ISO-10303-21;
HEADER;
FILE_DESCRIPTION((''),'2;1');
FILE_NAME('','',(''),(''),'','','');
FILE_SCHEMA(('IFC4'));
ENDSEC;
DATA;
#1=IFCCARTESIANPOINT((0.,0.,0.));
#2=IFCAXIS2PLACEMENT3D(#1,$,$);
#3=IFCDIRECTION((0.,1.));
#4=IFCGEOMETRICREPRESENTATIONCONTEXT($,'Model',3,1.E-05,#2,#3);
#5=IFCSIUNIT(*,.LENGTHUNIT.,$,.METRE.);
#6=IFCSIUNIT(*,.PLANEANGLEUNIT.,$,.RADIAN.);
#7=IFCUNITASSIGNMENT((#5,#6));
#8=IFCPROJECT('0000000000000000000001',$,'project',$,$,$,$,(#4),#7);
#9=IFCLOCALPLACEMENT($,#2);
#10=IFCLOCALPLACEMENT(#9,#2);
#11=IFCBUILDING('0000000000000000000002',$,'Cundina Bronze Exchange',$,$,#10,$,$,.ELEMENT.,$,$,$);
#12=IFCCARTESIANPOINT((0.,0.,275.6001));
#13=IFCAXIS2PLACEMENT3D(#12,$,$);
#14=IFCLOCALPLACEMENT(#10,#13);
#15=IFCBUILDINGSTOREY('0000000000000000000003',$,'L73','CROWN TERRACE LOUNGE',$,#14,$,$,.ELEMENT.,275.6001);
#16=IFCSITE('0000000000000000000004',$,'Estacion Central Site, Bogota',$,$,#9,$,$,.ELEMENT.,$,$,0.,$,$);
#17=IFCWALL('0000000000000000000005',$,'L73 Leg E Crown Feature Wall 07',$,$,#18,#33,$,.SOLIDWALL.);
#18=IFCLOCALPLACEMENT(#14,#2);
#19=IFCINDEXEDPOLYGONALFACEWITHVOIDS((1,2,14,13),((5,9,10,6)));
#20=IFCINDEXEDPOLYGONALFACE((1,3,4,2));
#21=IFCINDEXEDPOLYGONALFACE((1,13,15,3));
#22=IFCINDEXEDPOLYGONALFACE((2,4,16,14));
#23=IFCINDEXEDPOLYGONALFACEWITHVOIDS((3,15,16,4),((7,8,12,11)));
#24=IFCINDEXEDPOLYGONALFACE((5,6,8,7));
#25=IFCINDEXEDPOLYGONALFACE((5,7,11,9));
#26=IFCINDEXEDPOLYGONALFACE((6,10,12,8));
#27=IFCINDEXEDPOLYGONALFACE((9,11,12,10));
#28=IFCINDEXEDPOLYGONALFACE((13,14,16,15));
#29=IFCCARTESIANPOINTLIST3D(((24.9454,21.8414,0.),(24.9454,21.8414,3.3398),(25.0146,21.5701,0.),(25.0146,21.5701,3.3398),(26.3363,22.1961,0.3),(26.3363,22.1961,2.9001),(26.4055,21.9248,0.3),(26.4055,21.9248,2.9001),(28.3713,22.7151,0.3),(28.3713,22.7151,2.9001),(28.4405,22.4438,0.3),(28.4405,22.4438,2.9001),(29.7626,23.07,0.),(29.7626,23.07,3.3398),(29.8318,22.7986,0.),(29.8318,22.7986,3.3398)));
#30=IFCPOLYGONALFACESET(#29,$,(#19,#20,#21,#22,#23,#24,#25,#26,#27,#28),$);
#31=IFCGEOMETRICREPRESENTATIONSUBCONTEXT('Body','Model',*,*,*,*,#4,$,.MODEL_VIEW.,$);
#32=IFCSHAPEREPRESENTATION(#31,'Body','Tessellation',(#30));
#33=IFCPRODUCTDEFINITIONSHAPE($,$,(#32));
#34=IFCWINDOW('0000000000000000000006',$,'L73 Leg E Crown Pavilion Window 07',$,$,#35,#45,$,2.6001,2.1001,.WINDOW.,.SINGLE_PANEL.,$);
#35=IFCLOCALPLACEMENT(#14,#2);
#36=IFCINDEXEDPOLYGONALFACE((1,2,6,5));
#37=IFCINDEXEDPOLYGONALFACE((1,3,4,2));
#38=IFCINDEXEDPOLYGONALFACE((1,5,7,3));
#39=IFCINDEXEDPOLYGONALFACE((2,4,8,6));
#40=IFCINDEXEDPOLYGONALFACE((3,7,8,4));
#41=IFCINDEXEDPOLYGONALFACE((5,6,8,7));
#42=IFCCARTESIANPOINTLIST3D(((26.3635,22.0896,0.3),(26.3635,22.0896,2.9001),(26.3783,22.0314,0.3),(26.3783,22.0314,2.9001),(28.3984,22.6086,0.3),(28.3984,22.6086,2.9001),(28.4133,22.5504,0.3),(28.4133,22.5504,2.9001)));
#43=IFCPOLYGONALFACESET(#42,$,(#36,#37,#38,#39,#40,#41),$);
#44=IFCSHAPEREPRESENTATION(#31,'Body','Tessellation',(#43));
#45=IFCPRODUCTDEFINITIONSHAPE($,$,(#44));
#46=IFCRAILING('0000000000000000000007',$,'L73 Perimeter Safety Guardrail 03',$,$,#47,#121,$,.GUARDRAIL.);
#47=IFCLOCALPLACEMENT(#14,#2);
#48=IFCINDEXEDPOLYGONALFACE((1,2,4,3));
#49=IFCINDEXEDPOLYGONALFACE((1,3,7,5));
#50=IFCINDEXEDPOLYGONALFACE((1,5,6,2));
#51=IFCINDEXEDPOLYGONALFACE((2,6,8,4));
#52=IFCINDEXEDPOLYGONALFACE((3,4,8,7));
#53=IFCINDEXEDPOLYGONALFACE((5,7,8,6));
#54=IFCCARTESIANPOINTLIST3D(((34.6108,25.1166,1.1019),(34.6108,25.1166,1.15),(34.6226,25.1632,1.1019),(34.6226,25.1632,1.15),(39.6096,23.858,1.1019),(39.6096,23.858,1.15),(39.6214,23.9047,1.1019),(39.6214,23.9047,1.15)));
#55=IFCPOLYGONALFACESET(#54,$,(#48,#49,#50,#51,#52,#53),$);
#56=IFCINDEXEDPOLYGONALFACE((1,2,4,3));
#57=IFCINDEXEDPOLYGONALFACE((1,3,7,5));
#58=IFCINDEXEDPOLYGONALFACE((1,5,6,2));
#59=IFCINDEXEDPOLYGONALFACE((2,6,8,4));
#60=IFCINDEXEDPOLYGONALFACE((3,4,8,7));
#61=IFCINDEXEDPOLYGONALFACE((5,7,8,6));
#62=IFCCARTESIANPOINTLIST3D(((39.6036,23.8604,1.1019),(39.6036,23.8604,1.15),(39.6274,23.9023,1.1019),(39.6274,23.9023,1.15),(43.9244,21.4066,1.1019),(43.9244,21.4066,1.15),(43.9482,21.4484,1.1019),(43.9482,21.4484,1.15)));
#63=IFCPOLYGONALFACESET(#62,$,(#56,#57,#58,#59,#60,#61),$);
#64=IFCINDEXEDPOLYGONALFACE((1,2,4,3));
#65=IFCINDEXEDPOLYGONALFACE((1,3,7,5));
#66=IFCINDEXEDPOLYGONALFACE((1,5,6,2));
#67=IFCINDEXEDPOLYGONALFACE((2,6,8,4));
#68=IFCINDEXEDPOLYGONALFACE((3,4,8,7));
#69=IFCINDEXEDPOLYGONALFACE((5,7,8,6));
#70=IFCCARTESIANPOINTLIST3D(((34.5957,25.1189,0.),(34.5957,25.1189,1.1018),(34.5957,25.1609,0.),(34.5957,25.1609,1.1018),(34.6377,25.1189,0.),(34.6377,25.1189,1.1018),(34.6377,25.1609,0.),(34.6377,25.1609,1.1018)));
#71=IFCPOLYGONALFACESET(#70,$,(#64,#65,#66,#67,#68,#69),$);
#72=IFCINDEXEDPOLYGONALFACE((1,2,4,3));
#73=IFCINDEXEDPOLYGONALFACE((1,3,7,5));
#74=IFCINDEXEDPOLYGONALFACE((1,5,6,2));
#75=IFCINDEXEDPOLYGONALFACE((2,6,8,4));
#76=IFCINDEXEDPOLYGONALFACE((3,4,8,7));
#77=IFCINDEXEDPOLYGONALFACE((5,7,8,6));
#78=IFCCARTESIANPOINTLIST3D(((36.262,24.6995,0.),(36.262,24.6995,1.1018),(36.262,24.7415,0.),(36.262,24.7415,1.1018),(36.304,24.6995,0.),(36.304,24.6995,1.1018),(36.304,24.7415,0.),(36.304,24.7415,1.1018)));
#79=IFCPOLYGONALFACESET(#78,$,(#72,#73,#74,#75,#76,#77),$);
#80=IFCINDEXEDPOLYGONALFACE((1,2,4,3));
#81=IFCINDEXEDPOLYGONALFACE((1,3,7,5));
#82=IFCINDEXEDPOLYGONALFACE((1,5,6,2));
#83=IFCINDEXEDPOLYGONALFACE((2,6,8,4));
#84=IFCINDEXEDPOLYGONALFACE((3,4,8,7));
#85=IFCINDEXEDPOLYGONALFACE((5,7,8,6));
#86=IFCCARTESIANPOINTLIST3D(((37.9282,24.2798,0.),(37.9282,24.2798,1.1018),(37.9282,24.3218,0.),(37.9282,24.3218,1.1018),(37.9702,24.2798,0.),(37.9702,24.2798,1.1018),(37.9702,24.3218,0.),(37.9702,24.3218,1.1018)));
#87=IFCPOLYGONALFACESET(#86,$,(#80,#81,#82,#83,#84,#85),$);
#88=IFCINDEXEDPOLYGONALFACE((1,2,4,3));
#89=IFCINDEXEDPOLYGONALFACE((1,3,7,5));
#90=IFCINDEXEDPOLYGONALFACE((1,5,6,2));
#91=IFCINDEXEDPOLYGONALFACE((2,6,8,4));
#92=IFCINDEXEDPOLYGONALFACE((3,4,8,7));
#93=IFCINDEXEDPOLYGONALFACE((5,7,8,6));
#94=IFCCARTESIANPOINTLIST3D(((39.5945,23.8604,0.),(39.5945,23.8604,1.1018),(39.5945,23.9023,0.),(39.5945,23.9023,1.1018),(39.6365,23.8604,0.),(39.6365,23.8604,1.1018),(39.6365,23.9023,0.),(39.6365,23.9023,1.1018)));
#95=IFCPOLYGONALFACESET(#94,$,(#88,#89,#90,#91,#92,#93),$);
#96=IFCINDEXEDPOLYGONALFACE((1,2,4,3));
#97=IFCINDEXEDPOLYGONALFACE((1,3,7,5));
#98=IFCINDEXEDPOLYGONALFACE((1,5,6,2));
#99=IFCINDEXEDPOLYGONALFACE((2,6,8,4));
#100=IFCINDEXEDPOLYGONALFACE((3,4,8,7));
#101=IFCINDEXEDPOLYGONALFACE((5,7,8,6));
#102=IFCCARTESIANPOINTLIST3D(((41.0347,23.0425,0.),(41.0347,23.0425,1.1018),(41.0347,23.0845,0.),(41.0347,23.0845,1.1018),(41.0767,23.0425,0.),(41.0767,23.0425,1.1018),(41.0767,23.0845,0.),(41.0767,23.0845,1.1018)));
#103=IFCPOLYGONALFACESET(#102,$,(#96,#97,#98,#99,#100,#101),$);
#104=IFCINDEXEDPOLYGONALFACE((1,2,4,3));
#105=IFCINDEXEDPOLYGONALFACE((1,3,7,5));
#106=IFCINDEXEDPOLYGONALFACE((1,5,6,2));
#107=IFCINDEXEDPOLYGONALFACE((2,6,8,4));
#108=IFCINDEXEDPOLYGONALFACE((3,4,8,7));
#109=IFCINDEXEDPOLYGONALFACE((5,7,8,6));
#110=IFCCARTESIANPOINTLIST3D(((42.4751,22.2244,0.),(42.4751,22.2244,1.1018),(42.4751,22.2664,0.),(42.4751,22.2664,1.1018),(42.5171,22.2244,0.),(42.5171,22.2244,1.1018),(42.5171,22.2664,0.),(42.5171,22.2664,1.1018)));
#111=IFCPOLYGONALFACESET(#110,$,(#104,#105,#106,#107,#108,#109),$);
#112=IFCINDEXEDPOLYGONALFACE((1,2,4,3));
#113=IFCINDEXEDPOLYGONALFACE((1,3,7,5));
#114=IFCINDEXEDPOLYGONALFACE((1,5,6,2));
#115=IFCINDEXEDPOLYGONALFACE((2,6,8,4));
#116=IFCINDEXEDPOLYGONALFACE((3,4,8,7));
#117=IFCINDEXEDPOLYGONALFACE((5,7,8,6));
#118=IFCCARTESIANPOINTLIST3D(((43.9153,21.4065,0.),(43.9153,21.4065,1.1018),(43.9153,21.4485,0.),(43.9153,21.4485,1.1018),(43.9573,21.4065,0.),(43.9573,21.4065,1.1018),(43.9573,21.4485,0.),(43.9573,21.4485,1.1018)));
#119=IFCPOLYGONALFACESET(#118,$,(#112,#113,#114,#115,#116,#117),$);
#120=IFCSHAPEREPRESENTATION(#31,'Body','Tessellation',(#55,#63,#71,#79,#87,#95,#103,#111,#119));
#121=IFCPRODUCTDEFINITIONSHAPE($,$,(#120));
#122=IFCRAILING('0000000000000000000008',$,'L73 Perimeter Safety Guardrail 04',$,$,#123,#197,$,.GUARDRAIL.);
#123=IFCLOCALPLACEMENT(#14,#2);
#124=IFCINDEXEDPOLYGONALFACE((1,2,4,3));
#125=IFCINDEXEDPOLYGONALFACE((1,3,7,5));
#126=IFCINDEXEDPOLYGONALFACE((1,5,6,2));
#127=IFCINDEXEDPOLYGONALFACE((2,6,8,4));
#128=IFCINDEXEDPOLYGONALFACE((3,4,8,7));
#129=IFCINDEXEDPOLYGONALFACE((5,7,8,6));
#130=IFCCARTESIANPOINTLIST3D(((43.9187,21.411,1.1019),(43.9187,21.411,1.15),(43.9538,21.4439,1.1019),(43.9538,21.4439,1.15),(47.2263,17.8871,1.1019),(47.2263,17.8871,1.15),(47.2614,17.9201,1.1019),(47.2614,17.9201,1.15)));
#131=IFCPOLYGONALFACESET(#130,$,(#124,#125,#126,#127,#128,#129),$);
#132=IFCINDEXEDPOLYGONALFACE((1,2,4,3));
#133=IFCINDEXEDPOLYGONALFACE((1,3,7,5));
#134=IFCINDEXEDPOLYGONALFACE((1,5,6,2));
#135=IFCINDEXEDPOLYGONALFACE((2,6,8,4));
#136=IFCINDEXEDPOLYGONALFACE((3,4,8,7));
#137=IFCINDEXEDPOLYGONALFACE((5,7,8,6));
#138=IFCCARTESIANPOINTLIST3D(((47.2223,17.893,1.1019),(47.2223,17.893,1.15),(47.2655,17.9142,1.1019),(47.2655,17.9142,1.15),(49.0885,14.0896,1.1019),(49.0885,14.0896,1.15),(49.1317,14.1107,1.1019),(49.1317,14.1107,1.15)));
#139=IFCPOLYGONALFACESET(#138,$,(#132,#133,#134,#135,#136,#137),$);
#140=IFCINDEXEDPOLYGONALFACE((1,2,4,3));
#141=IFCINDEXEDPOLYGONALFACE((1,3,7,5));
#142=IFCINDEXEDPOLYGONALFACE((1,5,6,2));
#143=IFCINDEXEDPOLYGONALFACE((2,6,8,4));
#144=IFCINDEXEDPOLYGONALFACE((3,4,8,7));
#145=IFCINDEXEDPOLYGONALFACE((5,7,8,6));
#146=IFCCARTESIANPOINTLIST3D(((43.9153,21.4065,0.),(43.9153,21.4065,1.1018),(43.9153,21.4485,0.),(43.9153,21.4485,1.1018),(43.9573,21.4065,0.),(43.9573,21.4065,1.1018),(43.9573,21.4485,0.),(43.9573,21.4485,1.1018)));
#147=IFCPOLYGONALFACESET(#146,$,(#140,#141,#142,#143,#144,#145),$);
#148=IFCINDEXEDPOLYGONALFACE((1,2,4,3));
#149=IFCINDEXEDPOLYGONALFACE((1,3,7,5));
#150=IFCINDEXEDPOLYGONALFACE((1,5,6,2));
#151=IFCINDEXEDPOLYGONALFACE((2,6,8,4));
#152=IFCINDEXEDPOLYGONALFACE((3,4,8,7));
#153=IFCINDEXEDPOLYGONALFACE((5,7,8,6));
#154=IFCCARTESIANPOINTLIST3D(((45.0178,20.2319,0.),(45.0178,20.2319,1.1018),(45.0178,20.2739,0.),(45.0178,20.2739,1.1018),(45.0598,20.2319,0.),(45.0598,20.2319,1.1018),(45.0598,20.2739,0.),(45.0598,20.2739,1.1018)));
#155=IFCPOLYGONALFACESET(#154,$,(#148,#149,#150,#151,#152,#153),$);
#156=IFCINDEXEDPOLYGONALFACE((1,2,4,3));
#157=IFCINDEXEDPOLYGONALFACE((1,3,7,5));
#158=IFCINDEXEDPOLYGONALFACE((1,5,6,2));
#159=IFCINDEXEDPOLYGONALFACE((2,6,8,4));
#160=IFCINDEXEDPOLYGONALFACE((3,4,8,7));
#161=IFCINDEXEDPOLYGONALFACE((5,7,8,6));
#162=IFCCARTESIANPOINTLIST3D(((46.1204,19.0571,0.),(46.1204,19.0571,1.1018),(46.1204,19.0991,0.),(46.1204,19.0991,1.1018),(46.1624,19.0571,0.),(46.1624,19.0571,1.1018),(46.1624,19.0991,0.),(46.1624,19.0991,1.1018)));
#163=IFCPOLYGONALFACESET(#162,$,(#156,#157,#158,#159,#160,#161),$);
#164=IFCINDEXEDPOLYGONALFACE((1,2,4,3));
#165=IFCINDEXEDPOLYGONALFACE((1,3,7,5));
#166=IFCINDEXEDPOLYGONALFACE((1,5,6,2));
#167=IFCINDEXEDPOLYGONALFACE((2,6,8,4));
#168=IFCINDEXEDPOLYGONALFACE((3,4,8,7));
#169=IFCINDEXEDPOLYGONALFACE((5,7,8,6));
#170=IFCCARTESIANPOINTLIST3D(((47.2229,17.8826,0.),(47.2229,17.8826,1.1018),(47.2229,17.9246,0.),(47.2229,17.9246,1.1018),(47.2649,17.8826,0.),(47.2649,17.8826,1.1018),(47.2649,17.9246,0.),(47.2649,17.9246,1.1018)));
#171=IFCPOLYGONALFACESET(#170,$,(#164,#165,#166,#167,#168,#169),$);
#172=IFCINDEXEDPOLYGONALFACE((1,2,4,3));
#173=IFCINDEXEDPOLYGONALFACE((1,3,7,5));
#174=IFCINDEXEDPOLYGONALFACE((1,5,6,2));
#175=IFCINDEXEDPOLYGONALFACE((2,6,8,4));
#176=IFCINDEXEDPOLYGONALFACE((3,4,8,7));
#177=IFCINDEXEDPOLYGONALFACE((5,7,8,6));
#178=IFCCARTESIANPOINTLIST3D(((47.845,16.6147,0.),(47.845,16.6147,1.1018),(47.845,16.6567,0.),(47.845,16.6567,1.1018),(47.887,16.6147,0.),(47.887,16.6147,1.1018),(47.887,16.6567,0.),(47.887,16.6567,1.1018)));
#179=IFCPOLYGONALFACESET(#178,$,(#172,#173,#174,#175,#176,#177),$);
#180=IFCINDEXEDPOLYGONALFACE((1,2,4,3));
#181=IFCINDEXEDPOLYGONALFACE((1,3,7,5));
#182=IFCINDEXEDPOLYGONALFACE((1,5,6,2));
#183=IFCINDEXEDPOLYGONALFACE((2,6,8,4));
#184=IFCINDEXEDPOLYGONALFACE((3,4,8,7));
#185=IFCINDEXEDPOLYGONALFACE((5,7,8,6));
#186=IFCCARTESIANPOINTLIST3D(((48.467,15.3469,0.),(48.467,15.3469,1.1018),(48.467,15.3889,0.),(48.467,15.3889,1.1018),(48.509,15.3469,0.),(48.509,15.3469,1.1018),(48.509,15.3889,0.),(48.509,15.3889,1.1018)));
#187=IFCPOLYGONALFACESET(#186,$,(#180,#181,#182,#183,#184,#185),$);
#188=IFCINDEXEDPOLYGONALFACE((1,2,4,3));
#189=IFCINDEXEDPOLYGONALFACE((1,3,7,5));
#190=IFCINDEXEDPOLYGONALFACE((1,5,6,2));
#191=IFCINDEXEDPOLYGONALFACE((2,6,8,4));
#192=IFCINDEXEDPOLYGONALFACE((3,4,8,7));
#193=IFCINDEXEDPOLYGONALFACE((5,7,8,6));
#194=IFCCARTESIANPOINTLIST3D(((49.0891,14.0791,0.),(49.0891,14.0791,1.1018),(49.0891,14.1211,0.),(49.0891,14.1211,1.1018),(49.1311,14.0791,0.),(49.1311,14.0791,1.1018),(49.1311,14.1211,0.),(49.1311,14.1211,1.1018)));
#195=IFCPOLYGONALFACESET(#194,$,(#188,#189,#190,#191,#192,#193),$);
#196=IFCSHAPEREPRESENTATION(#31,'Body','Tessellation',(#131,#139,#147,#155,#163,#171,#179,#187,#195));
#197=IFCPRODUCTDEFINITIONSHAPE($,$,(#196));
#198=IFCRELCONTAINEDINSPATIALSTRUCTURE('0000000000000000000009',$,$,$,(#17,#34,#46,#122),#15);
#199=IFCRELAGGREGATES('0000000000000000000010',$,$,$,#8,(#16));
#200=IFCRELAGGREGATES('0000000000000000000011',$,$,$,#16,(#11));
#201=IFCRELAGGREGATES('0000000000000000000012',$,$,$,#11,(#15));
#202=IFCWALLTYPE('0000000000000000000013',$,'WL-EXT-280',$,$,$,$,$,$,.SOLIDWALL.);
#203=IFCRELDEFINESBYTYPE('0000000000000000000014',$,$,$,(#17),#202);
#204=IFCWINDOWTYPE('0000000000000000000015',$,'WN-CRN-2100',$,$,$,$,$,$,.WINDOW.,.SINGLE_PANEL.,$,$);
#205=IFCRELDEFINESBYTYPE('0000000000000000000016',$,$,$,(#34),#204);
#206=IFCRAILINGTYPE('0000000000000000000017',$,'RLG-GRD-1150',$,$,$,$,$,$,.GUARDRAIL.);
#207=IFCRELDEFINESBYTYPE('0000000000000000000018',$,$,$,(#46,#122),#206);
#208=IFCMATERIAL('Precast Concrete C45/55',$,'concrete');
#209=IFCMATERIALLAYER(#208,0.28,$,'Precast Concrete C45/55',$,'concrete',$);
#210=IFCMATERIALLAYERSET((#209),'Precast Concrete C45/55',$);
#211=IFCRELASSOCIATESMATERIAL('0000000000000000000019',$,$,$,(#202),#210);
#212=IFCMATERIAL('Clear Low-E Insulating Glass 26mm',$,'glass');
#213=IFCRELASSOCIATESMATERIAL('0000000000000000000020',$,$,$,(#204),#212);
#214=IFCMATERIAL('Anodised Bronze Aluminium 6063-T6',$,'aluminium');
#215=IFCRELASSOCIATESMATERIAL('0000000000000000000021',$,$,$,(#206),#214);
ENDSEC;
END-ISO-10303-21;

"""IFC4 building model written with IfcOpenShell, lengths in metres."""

from ifc_helpers import new_model, si_unit, direction, frame, frame_2d, origin, origin_2d, place, context, subcontext, project, spatial, rectangle, extrude, material, layer, layer_set, type_object, element, fill, save


model = new_model("IFC4")

# Units and contexts
model_context = context("Model", 3, precision=1e-05, world=origin(), true_north=direction((0.0, 1.0)))
body_context = subcontext(model_context, "Body", "Model", "MODEL_VIEW")
ifc_project = project(units=[si_unit("LENGTHUNIT", "METRE"), si_unit("PLANEANGLEUNIT", "RADIAN")], contexts=[model_context])

# Site, building, storey
site_placement = place(None, origin())
site = spatial("IfcSite", under=ifc_project, at=site_placement, Name="Estacion Central Site, Bogota", CompositionType="ELEMENT", RefElevation=0.0)
building_placement = place(site_placement, origin())
building = spatial("IfcBuilding", under=site, at=building_placement, Name="Cundina Bronze Exchange", CompositionType="ELEMENT")
storey_placement = place(building_placement, frame((0.0, 0.0, 275.6001)))
storey = spatial("IfcBuildingStorey", under=building, at=storey_placement, Name="L73", Description="CROWN TERRACE LOUNGE", CompositionType="ELEMENT", Elevation=275.6001)

# Shared definitions
ifc_material_1 = material(Name="Anodised Bronze Aluminium 6063-T6", Category="aluminium")
ifc_material_2 = material(Name="Clear Low-E Insulating Glass 26mm", Category="glass")

# Shared definitions
ifc_material_3 = material(Name="Precast Concrete C45/55", Category="concrete")
ifc_layer_1 = layer(ifc_material_3, 0.28, Name="Precast Concrete C45/55", Category="concrete")
ifc_layer_set_1 = layer_set([ifc_layer_1], Name="Precast Concrete C45/55")
wall_type_1 = type_object("IfcWallType", Name="WL-EXT-280", PredefinedType="SOLIDWALL", material=ifc_layer_set_1)

# Wall, opening, window
wall_1_placement = place(storey_placement, frame((29.7974, 22.9343, 0.0), z_axis=(0.0, 0.0, 1.0), x_axis=(-0.968985, -0.24712, 0.0)))
wall_1 = element("IfcWall", 1, at=wall_1_placement, inside=storey, type_object=wall_type_1, Name="L73 Leg E Crown Feature Wall 07", PredefinedType="SOLIDWALL", context=body_context, shape_type="SweptSolid", body=[
    extrude(rectangle(XDim=4.9714, YDim=0.28, at=frame_2d((2.4858, 0.0))), origin(), (0.0, 0.0, 1.0), 3.3398),
])
opening_1_placement = place(wall_1_placement, frame((1.436, 0.0, 0.3)))
opening_1 = element("IfcOpeningElement", 2, at=opening_1_placement, cuts=wall_1, PredefinedType="OPENING", context=body_context, shape_type="SweptSolid", body=[
    extrude(rectangle(XDim=2.1001, YDim=2.6001, at=frame_2d((1.05, 1.3))), frame((0.0, 0.1499, 0.0), z_axis=(0.0, -1.0, 0.0), x_axis=(1.0, 0.0, 0.0)), (0.0, 0.0, 1.0), 0.3),
])
window_type = type_object("IfcWindowType", Name="WN-CRN-2100", PartitioningType="SINGLE_PANEL", PredefinedType="WINDOW", material=ifc_material_2)
window_placement = place(opening_1_placement, origin())
window = element("IfcWindow", 3, at=window_placement, inside=storey, type_object=window_type, Name="L73 Leg E Crown Pavilion Window 07", OverallHeight=2.6001, OverallWidth=2.1001, PartitioningType="SINGLE_PANEL", PredefinedType="WINDOW", context=body_context, shape_type="SweptSolid", body=[
    extrude(rectangle(XDim=2.1001, YDim=2.6001, at=frame_2d((1.05, 1.3))), frame((0.0, 0.03, 0.0), z_axis=(0.0, -1.0, 0.0), x_axis=(1.0, 0.0, 0.0)), (0.0, 0.0, 1.0), 0.0601),
])
fill(opening_1, window)

# Railings
railing_type = type_object("IfcRailingType", Name="RLG-GRD-1150", PredefinedType="GUARDRAIL", material=ifc_material_1)
railing_1_placement = place(storey_placement, frame((34.6167, 25.1399, 0.0)))
element("IfcRailing", 4, at=railing_1_placement, inside=storey, type_object=railing_type, Name="L73 Perimeter Safety Guardrail 03", PredefinedType="GUARDRAIL", context=body_context, shape_type="SweptSolid", body=[
    extrude(rectangle(XDim=0.0481, YDim=0.0481, at=origin_2d()), frame((0.0, 0.0, 1.126), z_axis=(0.969737, -0.244151, 0.0), x_axis=(0.244151, 0.969737, 0.0)), (0.0, 0.0, 1.0), 5.1548),
    extrude(rectangle(XDim=0.0481, YDim=0.0481, at=origin_2d()), frame((4.9988, -1.2585, 1.126), z_axis=(0.869555, -0.493836, 0.0), x_axis=(0.493836, 0.869555, 0.0)), (0.0, 0.0, 1.0), 4.969),
    extrude(rectangle(XDim=0.042, YDim=0.042, at=origin_2d()), origin(), (0.0, 0.0, 1.0), 1.1018),
    extrude(rectangle(XDim=0.042, YDim=0.042, at=origin_2d()), frame((1.6663, -0.4194, 0.0)), (0.0, 0.0, 1.0), 1.1018),
    extrude(rectangle(XDim=0.042, YDim=0.042, at=origin_2d()), frame((3.3325, -0.8391, 0.0)), (0.0, 0.0, 1.0), 1.1018),
    extrude(rectangle(XDim=0.042, YDim=0.042, at=origin_2d()), frame((4.9988, -1.2585, 0.0)), (0.0, 0.0, 1.0), 1.1018),
    extrude(rectangle(XDim=0.042, YDim=0.042, at=origin_2d()), frame((6.439, -2.0764, 0.0)), (0.0, 0.0, 1.0), 1.1018),
    extrude(rectangle(XDim=0.042, YDim=0.042, at=origin_2d()), frame((7.8794, -2.8945, 0.0)), (0.0, 0.0, 1.0), 1.1018),
    extrude(rectangle(XDim=0.042, YDim=0.042, at=origin_2d()), frame((9.3196, -3.7124, 0.0)), (0.0, 0.0, 1.0), 1.1018),
])
railing_2_placement = place(storey_placement, frame((43.9363, 21.4275, 0.0)))
element("IfcRailing", 5, at=railing_2_placement, inside=storey, type_object=railing_type, Name="L73 Perimeter Safety Guardrail 04", PredefinedType="GUARDRAIL", context=body_context, shape_type="SweptSolid", body=[
    extrude(rectangle(XDim=0.0481, YDim=0.0481, at=origin_2d()), frame((0.0, 0.0, 1.126), z_axis=(0.684375, -0.729131, 0.0), x_axis=(0.729131, 0.684375, 0.0)), (0.0, 0.0, 1.0), 4.833),
    extrude(rectangle(XDim=0.0481, YDim=0.0481, at=origin_2d()), frame((3.3076, -3.5239, 1.126), z_axis=(0.440493, -0.897756, 0.0), x_axis=(0.897756, 0.440493, 0.0)), (0.0, 0.0, 1.0), 4.2366),
    extrude(rectangle(XDim=0.042, YDim=0.042, at=origin_2d()), origin(), (0.0, 0.0, 1.0), 1.1018),
    extrude(rectangle(XDim=0.042, YDim=0.042, at=origin_2d()), frame((1.1025, -1.1746, 0.0)), (0.0, 0.0, 1.0), 1.1018),
    extrude(rectangle(XDim=0.042, YDim=0.042, at=origin_2d()), frame((2.2051, -2.3494, 0.0)), (0.0, 0.0, 1.0), 1.1018),
    extrude(rectangle(XDim=0.042, YDim=0.042, at=origin_2d()), frame((3.3076, -3.5239, 0.0)), (0.0, 0.0, 1.0), 1.1018),
    extrude(rectangle(XDim=0.042, YDim=0.042, at=origin_2d()), frame((3.9297, -4.7917, 0.0)), (0.0, 0.0, 1.0), 1.1018),
    extrude(rectangle(XDim=0.042, YDim=0.042, at=origin_2d()), frame((4.5518, -6.0596, 0.0)), (0.0, 0.0, 1.0), 1.1018),
    extrude(rectangle(XDim=0.042, YDim=0.042, at=origin_2d()), frame((5.1738, -7.3274, 0.0)), (0.0, 0.0, 1.0), 1.1018),
])

save(model, "model.ifc")
